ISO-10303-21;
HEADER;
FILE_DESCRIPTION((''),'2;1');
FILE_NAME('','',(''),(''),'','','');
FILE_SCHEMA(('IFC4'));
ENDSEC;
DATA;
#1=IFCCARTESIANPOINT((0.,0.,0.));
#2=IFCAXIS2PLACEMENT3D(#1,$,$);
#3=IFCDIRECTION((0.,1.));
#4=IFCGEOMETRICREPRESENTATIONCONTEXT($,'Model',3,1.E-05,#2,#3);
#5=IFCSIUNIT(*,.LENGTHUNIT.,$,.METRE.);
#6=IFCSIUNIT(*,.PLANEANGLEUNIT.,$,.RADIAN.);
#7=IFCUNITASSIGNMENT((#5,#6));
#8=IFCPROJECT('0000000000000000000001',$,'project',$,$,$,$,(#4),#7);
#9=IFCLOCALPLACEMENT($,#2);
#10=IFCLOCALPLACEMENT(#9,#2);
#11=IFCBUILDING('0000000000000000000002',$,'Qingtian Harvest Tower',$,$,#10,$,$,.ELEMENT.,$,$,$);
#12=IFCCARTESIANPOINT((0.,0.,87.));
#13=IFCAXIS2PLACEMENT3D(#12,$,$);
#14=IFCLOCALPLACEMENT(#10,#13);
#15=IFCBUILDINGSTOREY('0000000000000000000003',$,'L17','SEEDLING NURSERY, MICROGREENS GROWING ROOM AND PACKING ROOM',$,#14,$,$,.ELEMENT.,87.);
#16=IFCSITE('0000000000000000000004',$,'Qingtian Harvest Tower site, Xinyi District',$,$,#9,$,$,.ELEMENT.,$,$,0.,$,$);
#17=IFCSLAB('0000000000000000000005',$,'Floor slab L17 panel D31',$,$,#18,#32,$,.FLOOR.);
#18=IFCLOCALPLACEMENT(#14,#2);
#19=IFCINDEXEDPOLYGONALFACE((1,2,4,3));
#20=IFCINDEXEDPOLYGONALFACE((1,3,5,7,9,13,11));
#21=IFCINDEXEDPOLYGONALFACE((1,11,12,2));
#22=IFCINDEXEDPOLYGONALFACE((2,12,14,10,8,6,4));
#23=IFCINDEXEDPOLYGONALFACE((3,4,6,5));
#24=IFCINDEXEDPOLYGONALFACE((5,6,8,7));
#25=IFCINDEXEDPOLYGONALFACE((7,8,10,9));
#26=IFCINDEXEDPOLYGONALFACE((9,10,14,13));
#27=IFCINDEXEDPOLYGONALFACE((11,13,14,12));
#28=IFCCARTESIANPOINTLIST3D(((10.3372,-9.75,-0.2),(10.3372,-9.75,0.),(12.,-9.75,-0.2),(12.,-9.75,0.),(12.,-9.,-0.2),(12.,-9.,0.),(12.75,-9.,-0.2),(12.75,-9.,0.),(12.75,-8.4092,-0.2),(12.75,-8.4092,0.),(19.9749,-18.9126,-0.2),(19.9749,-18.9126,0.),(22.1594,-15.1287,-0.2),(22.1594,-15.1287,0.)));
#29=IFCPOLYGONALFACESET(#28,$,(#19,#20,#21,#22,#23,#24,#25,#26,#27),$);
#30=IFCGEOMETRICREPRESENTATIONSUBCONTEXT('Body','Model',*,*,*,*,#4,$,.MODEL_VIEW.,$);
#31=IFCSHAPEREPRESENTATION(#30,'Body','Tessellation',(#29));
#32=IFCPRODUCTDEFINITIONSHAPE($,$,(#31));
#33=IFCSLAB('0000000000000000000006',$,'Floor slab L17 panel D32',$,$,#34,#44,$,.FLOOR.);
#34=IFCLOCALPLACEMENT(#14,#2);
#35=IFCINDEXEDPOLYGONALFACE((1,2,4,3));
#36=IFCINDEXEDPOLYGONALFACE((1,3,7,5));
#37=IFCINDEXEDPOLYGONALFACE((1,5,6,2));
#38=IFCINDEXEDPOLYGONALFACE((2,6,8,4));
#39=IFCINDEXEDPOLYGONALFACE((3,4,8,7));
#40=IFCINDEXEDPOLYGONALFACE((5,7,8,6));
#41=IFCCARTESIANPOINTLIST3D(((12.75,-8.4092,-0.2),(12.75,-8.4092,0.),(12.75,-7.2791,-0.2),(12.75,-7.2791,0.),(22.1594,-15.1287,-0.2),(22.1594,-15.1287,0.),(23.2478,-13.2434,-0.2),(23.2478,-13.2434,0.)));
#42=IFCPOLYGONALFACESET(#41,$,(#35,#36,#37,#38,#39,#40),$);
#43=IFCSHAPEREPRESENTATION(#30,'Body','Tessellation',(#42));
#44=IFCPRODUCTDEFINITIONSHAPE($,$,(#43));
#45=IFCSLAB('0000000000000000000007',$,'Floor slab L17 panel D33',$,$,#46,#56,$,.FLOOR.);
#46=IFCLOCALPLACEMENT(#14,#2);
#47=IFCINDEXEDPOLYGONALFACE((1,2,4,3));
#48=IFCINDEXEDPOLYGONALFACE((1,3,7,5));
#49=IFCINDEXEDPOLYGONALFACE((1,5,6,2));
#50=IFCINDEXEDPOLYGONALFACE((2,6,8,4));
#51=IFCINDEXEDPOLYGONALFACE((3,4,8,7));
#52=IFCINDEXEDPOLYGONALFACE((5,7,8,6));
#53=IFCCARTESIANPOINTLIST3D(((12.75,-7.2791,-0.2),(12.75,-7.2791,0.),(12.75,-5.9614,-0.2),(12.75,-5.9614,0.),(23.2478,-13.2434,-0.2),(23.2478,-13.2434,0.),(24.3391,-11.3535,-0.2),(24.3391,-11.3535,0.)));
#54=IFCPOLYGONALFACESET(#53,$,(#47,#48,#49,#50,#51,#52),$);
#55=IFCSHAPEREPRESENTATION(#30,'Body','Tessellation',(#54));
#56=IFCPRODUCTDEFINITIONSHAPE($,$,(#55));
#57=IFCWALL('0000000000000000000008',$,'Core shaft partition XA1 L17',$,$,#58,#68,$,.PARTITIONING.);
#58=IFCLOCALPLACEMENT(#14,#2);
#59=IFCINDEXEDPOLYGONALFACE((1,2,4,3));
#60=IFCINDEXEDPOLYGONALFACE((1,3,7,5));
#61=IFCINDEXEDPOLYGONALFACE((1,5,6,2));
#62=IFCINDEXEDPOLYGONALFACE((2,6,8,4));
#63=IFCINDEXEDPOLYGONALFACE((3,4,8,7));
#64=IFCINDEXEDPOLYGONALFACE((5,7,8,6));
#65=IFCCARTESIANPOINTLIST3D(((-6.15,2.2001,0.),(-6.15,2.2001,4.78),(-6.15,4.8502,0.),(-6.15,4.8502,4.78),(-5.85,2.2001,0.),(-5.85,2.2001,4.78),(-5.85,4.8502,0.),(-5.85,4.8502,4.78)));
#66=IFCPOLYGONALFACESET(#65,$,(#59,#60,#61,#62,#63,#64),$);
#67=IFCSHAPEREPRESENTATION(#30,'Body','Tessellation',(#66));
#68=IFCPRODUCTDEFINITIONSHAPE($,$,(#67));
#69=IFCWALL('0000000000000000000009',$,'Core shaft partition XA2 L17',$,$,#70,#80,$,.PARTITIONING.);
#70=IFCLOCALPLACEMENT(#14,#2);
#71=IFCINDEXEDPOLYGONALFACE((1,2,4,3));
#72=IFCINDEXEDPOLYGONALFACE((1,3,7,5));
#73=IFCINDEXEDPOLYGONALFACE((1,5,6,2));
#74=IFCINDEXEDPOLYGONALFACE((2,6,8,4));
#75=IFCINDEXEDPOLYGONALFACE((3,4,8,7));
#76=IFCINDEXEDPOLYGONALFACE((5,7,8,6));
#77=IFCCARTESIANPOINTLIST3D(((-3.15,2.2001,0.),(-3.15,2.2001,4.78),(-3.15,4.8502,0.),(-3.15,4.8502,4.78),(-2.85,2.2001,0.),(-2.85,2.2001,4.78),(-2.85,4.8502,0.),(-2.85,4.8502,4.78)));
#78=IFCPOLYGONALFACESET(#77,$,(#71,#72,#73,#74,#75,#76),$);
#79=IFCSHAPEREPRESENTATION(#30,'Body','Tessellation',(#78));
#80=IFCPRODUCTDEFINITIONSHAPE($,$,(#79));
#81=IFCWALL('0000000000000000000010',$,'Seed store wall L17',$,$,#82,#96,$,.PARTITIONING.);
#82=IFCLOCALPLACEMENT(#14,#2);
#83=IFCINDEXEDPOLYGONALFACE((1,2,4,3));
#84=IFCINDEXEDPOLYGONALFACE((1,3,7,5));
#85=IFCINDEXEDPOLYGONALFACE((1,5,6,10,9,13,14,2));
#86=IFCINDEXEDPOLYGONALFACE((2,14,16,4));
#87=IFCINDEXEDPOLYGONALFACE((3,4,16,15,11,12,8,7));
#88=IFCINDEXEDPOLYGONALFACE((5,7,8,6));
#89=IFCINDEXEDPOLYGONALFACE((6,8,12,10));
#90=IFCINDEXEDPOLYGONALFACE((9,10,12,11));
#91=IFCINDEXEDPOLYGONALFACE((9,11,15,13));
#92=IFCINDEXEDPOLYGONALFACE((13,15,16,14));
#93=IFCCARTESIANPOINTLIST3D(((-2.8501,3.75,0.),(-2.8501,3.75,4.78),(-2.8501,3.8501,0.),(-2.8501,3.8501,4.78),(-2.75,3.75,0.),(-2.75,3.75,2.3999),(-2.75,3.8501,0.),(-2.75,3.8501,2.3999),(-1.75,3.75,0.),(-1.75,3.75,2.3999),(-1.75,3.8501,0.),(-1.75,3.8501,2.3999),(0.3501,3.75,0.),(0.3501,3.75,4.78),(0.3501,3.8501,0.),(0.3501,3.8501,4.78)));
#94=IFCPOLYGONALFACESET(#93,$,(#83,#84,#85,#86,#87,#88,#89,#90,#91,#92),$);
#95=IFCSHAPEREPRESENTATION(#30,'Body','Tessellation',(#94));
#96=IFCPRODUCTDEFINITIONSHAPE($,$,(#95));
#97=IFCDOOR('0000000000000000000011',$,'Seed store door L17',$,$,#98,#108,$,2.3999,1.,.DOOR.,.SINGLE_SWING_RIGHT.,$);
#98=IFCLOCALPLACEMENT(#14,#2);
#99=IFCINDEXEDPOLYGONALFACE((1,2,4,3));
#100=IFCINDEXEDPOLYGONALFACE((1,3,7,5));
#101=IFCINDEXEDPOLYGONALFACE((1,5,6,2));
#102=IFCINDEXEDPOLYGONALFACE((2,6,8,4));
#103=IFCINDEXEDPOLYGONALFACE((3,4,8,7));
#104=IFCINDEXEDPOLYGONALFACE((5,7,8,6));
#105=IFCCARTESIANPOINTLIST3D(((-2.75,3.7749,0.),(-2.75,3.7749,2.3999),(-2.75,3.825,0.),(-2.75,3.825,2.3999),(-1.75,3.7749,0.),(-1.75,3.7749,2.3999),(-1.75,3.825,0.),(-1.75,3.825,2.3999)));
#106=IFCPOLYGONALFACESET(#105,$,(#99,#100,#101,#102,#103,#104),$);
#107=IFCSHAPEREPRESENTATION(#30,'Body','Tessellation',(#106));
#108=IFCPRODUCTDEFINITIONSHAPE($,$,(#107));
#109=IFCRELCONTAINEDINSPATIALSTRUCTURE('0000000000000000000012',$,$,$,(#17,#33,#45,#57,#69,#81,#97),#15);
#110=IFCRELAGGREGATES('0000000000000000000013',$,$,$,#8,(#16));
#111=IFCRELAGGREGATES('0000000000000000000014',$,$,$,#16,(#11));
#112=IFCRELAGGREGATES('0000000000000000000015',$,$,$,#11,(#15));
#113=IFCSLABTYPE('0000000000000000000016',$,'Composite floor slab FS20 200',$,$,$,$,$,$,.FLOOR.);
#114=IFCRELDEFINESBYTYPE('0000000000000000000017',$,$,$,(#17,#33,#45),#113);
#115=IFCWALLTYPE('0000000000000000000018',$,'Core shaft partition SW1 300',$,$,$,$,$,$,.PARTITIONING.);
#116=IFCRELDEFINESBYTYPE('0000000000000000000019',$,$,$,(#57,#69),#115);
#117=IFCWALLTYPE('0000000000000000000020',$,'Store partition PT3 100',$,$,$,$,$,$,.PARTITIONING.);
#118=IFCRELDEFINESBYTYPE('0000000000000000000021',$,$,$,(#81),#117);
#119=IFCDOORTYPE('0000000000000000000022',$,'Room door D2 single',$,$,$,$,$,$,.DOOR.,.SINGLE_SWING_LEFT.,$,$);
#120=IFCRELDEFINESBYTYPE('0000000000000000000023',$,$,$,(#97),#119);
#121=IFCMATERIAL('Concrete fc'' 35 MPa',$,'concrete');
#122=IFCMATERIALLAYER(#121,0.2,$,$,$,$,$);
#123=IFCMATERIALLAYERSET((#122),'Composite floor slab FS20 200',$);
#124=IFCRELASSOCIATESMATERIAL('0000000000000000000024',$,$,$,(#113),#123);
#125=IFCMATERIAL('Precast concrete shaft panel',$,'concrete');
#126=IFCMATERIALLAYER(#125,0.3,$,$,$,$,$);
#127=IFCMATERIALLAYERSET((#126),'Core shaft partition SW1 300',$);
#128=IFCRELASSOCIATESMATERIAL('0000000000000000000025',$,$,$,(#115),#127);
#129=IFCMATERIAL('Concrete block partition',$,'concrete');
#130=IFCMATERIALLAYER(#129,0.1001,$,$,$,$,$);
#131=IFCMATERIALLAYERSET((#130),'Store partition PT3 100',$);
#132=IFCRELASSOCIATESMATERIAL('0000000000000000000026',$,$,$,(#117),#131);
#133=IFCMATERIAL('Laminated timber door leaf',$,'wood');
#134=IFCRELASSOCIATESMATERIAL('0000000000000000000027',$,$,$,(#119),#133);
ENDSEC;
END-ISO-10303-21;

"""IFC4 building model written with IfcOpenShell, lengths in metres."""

from ifc_helpers import new_model, si_unit, direction, frame, frame_2d, origin, place, context, subcontext, project, spatial, polyline, rectangle, outline, extrude, material, layer, layer_set, type_object, element, fill, save


model = new_model("IFC4")

# Units and contexts
model_context = context("Model", 3, precision=1e-05, world=origin(), true_north=direction((0.0, 1.0)))
body_context = subcontext(model_context, "Body", "Model", "MODEL_VIEW")
ifc_project = project(units=[si_unit("LENGTHUNIT", "METRE"), si_unit("PLANEANGLEUNIT", "RADIAN")], contexts=[model_context])

# Site, building, storey
site_placement = place(None, origin())
site = spatial("IfcSite", under=ifc_project, at=site_placement, Name="Qingtian Harvest Tower site, Xinyi District", CompositionType="ELEMENT", RefElevation=0.0)
building_placement = place(site_placement, origin())
building = spatial("IfcBuilding", under=site, at=building_placement, Name="Qingtian Harvest Tower", CompositionType="ELEMENT")
storey_placement = place(building_placement, frame((0.0, 0.0, 87.0)))
storey = spatial("IfcBuildingStorey", under=building, at=storey_placement, Name="L17", Description="SEEDLING NURSERY, MICROGREENS GROWING ROOM AND PACKING ROOM", CompositionType="ELEMENT", Elevation=87.0)

# Slabs
ifc_material_1 = material(Name="Concrete fc' 35 MPa", Category="concrete")
ifc_layer_1 = layer(ifc_material_1, 0.2)
ifc_layer_set_1 = layer_set([ifc_layer_1], Name="Composite floor slab FS20 200")
slab_type = type_object("IfcSlabType", Name="Composite floor slab FS20 200", PredefinedType="FLOOR", material=ifc_layer_set_1)
slab_1_placement = place(storey_placement, frame((0.0, 0.0, -0.2)))
element("IfcSlab", 1, at=slab_1_placement, inside=storey, type_object=slab_type, Name="Floor slab L17 panel D31", PredefinedType="FLOOR", context=body_context, shape_type="SweptSolid", body=[
    extrude(outline(polyline([(12.75, -8.4092), (22.1594, -15.1287), (19.9749, -18.9126), (10.3372, -9.75), (12.0, -9.75), (12.0, -9.0), (12.75, -9.0), (12.75, -8.4092)])), origin(), (0.0, 0.0, 1.0), 0.2),
])
slab_2_placement = place(storey_placement, frame((0.0, 0.0, -0.2)))
element("IfcSlab", 2, at=slab_2_placement, inside=storey, type_object=slab_type, Name="Floor slab L17 panel D32", PredefinedType="FLOOR", context=body_context, shape_type="SweptSolid", body=[
    extrude(outline(polyline([(12.75, -7.2791), (23.2478, -13.2434), (22.1594, -15.1287), (12.75, -8.4092), (12.75, -7.2791)])), origin(), (0.0, 0.0, 1.0), 0.2),
])
slab_3_placement = place(storey_placement, frame((0.0, 0.0, -0.2)))
element("IfcSlab", 3, at=slab_3_placement, inside=storey, type_object=slab_type, Name="Floor slab L17 panel D33", PredefinedType="FLOOR", context=body_context, shape_type="SweptSolid", body=[
    extrude(outline(polyline([(12.75, -5.9614), (24.3391, -11.3535), (23.2478, -13.2434), (12.75, -7.2791), (12.75, -5.9614)])), origin(), (0.0, 0.0, 1.0), 0.2),
])

# Walls
ifc_material_2 = material(Name="Precast concrete shaft panel", Category="concrete")
ifc_layer_2 = layer(ifc_material_2, 0.3)
ifc_layer_set_2 = layer_set([ifc_layer_2], Name="Core shaft partition SW1 300")
wall_type_1 = type_object("IfcWallType", Name="Core shaft partition SW1 300", PredefinedType="PARTITIONING", material=ifc_layer_set_2)
for number, where, z_axis, x_axis, name in (
    (4, (-6.0, 2.2, 0.0), (0.0, 0.0, 1.0), (0.0, 1.0, 0.0), "Core shaft partition XA1 L17"),
    (5, (-3.0, 2.2, 0.0), (0.0, 0.0, 1.0), (0.0, 1.0, 0.0), "Core shaft partition XA2 L17"),
):
    element("IfcWall", number, at=place(storey_placement, frame(where, z_axis=z_axis, x_axis=x_axis)), inside=storey, type_object=wall_type_1, Name=name, PredefinedType="PARTITIONING", context=body_context, shape_type="SweptSolid", body=[
        extrude(rectangle(XDim=2.6501, YDim=0.3, at=frame_2d((1.3252, 0.0))), origin(), (0.0, 0.0, 1.0), 4.78),
    ])

# Wall, opening, door
ifc_material_3 = material(Name="Concrete block partition", Category="concrete")
ifc_layer_3 = layer(ifc_material_3, 0.1001)
ifc_layer_set_3 = layer_set([ifc_layer_3], Name="Store partition PT3 100")
wall_type_2 = type_object("IfcWallType", Name="Store partition PT3 100", PredefinedType="PARTITIONING", material=ifc_layer_set_3)
wall_1_placement = place(storey_placement, frame((-2.8501, 3.8, 0.0), z_axis=(0.0, 0.0, 1.0), x_axis=(1.0, 0.0, 0.0)))
wall_1 = element("IfcWall", 6, at=wall_1_placement, inside=storey, type_object=wall_type_2, Name="Seed store wall L17", PredefinedType="PARTITIONING", context=body_context, shape_type="SweptSolid", body=[
    extrude(rectangle(XDim=3.2002, YDim=0.1001, at=frame_2d((1.6001, 0.0))), origin(), (0.0, 0.0, 1.0), 4.78),
])
opening_1_placement = place(wall_1_placement, frame((0.1001, 0.0, 0.0)))
opening_1 = element("IfcOpeningElement", 7, at=opening_1_placement, cuts=wall_1, PredefinedType="OPENING", context=body_context, shape_type="SweptSolid", body=[
    extrude(rectangle(XDim=1.0, YDim=2.3999, at=frame_2d((0.5, 1.2))), frame((0.0, 0.0601, 0.0), z_axis=(0.0, -1.0, 0.0), x_axis=(1.0, 0.0, 0.0)), (0.0, 0.0, 1.0), 0.1201),
])
ifc_material_4 = material(Name="Laminated timber door leaf", Category="wood")
door_type_1 = type_object("IfcDoorType", Name="Room door D2 single", OperationType="SINGLE_SWING_LEFT", PredefinedType="DOOR", material=ifc_material_4)
door_1_placement = place(opening_1_placement, origin())
door_1 = element("IfcDoor", 8, at=door_1_placement, inside=storey, type_object=door_type_1, Name="Seed store door L17", OperationType="SINGLE_SWING_RIGHT", OverallHeight=2.3999, OverallWidth=1.0, PredefinedType="DOOR", context=body_context, shape_type="SweptSolid", body=[
    extrude(rectangle(XDim=1.0, YDim=2.3999, at=frame_2d((0.5, 1.2))), frame((0.0, 0.0249, 0.0), z_axis=(0.0, -1.0, 0.0), x_axis=(1.0, 0.0, 0.0)), (0.0, 0.0, 1.0), 0.05),
])
fill(opening_1, door_1)

save(model, "model.ifc")
